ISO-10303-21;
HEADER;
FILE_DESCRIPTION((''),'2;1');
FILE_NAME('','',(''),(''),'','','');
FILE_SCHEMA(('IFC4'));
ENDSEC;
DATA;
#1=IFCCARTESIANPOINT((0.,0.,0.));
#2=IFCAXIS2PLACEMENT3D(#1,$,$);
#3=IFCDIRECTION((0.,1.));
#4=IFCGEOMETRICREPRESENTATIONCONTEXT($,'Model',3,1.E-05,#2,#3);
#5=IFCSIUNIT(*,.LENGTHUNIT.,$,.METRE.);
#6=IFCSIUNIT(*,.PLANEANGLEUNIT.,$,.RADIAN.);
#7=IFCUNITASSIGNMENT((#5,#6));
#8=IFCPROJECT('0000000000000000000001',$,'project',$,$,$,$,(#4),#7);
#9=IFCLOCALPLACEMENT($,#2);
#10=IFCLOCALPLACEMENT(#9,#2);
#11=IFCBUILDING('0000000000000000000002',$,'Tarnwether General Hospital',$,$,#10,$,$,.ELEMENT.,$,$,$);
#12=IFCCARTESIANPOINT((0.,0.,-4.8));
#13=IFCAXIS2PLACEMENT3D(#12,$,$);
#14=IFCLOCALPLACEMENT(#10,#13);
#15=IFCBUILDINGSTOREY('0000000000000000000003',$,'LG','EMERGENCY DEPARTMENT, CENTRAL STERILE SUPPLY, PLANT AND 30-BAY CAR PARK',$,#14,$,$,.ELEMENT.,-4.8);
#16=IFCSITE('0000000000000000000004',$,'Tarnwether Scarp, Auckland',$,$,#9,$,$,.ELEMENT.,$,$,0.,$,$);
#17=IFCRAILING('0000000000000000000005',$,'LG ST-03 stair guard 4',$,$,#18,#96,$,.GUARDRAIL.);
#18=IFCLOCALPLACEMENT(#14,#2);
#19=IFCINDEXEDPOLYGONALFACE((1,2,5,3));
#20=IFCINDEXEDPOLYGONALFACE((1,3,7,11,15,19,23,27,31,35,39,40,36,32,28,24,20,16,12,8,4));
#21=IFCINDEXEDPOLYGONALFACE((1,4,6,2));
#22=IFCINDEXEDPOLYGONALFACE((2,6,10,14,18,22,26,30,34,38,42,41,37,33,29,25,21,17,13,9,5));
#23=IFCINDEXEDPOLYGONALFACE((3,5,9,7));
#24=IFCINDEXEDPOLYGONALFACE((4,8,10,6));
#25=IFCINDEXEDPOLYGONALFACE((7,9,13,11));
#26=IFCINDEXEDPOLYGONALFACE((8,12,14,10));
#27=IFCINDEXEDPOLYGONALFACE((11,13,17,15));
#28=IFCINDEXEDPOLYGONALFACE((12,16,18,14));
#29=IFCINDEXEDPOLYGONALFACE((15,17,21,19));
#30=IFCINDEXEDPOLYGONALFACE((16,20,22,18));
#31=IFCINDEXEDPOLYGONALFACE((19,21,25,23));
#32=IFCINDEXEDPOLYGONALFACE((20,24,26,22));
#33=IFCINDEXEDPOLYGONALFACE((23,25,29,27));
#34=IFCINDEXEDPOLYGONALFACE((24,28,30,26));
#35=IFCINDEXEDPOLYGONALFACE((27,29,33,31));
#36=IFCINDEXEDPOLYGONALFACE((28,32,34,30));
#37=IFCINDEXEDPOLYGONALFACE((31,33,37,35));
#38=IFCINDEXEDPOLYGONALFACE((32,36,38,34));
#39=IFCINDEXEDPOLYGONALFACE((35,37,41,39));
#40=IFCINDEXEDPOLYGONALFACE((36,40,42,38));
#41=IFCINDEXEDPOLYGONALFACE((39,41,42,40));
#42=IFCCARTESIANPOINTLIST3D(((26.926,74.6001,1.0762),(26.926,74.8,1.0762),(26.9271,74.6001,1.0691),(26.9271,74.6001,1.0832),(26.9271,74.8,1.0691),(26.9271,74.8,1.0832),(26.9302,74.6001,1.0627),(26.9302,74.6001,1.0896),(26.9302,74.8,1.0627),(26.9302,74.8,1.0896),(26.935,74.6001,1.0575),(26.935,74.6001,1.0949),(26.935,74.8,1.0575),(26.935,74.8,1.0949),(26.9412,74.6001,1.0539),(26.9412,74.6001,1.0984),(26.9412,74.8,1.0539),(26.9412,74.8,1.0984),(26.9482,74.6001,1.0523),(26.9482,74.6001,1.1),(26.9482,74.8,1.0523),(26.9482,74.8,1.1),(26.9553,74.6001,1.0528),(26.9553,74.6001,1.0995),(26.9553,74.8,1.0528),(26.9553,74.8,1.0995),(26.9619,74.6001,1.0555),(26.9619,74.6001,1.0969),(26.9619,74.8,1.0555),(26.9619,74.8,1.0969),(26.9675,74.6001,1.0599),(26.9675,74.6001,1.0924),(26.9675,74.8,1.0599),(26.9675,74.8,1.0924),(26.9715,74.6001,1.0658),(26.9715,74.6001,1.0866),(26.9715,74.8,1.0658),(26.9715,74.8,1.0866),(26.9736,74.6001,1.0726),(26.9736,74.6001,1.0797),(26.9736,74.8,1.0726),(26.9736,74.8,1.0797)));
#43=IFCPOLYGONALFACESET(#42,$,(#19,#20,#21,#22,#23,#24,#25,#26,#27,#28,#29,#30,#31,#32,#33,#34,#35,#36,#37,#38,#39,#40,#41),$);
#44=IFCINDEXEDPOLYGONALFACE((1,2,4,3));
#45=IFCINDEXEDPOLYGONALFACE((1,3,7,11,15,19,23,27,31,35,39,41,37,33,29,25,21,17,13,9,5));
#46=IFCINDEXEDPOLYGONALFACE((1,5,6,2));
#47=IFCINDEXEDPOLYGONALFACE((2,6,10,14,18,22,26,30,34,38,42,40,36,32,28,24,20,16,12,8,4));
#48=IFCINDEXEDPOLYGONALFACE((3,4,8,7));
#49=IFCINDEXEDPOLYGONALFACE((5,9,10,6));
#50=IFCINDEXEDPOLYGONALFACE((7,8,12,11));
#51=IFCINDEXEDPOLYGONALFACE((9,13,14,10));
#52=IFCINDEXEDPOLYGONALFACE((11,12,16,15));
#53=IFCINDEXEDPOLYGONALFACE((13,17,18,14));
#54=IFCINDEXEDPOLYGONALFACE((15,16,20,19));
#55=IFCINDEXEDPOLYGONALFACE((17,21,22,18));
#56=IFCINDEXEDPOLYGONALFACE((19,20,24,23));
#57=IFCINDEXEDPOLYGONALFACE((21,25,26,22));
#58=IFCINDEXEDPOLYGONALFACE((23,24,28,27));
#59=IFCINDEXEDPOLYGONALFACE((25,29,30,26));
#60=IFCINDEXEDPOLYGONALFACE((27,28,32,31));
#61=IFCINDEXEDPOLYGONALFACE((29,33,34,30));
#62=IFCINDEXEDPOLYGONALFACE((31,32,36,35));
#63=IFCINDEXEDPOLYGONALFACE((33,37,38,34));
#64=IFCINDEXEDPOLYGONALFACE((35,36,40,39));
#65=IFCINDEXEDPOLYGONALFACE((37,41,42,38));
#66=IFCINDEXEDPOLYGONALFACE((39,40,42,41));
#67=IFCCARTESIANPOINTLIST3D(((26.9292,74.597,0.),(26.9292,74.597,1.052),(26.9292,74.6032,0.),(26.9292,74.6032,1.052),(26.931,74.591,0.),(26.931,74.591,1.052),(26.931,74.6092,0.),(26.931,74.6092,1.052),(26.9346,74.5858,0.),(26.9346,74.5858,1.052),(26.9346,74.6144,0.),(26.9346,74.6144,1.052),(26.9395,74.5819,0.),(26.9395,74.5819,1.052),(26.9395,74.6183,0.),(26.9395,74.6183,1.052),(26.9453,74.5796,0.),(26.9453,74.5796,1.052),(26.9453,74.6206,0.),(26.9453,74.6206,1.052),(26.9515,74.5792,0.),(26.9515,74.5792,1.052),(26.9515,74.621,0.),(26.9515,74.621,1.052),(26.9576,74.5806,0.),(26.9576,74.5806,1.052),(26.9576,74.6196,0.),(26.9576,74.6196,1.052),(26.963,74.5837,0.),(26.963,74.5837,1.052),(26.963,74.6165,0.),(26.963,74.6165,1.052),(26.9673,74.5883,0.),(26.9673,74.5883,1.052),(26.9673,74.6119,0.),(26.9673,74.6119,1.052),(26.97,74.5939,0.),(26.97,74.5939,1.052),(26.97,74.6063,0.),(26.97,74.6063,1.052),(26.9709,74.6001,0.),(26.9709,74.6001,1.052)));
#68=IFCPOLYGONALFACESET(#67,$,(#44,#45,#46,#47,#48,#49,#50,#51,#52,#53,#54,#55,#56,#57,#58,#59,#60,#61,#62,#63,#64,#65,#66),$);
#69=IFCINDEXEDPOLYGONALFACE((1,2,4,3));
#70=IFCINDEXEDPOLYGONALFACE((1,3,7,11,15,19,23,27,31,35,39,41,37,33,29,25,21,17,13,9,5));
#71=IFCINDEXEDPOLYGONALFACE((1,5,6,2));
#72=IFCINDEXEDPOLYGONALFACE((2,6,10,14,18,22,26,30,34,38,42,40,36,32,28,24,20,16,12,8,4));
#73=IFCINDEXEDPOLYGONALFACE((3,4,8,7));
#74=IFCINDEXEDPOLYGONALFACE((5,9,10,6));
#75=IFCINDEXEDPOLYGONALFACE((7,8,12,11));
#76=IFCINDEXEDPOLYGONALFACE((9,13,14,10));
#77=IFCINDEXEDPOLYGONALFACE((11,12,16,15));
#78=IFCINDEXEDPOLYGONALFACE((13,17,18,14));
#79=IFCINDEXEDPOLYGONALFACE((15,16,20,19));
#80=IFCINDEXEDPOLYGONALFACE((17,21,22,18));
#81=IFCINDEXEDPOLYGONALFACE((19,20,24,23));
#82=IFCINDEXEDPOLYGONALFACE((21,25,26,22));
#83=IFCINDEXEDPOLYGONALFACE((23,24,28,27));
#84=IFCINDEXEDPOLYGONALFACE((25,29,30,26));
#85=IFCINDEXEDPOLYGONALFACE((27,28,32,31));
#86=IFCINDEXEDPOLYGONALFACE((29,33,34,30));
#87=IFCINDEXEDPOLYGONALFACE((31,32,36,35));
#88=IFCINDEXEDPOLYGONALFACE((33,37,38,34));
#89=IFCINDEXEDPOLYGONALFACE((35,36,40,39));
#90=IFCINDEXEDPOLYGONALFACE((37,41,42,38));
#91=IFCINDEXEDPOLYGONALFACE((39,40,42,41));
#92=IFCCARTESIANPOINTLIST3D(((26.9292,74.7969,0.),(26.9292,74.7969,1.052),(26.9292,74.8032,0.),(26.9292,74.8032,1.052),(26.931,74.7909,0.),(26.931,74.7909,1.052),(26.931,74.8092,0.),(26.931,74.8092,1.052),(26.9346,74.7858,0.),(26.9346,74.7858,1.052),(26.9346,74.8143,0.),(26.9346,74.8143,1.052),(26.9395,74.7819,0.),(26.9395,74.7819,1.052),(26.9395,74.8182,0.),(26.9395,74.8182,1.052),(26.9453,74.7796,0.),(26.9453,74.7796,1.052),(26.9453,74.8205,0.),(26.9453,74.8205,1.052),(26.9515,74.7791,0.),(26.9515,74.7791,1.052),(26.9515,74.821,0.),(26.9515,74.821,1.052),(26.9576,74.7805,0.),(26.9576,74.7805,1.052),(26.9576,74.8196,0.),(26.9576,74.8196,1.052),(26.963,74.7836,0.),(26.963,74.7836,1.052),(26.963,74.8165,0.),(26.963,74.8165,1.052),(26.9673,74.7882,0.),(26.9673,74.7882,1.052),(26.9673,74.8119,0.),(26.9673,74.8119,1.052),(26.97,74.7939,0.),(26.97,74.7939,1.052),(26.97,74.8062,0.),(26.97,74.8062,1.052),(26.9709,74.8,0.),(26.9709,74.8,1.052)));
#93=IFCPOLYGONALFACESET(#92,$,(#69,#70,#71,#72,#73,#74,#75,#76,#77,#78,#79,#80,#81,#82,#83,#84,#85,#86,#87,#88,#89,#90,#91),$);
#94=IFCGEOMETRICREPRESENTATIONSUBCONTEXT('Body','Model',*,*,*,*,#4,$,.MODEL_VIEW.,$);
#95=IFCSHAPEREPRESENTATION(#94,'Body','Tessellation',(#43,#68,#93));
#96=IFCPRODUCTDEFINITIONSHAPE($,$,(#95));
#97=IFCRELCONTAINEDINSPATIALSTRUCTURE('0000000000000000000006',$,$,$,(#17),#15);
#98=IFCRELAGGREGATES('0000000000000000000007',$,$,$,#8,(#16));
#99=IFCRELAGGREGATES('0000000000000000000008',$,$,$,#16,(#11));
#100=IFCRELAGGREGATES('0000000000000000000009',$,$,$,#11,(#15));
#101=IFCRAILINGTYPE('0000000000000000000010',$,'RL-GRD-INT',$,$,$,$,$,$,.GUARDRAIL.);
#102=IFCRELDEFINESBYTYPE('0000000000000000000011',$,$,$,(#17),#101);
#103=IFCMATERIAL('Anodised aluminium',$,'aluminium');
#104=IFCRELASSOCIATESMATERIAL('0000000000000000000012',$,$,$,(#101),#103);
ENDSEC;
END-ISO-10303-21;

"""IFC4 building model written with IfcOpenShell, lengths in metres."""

from ifc_helpers import new_model, si_unit, direction, frame, origin, origin_2d, place, context, subcontext, project, spatial, circle, extrude, material, type_object, element, save


model = new_model("IFC4")

# Units and contexts
model_context = context("Model", 3, precision=1e-05, world=origin(), true_north=direction((0.0, 1.0)))
body_context = subcontext(model_context, "Body", "Model", "MODEL_VIEW")
ifc_project = project(units=[si_unit("LENGTHUNIT", "METRE"), si_unit("PLANEANGLEUNIT", "RADIAN")], contexts=[model_context])

# Site, building, storey
site_placement = place(None, origin())
site = spatial("IfcSite", under=ifc_project, at=site_placement, Name="Tarnwether Scarp, Auckland", CompositionType="ELEMENT", RefElevation=0.0)
building_placement = place(site_placement, origin())
building = spatial("IfcBuilding", under=site, at=building_placement, Name="Tarnwether General Hospital", CompositionType="ELEMENT")
storey_placement = place(building_placement, frame((0.0, 0.0, -4.8)))
storey = spatial("IfcBuildingStorey", under=building, at=storey_placement, Name="LG", Description="EMERGENCY DEPARTMENT, CENTRAL STERILE SUPPLY, PLANT AND 30-BAY CAR PARK", CompositionType="ELEMENT", Elevation=-4.8)

# Railing
ifc_material_1 = material(Name="Anodised aluminium", Category="aluminium")
railing_type_1 = type_object("IfcRailingType", Name="RL-GRD-INT", PredefinedType="GUARDRAIL", material=ifc_material_1)
railing_1_placement = place(storey_placement, frame((26.95, 74.6001, 0.0)))
element("IfcRailing", 1, at=railing_1_placement, inside=storey, type_object=railing_type_1, Name="LG ST-03 stair guard 4", PredefinedType="GUARDRAIL", context=body_context, shape_type="SweptSolid", body=[
    extrude(circle(Radius=0.0239, at=origin_2d()), frame((0.0, 0.0, 1.0762), z_axis=(0.0, 1.0, 0.0), x_axis=(-1.0, 0.0, 0.0)), (0.0, 0.0, 1.0), 0.2),
    extrude(circle(Radius=0.021, at=origin_2d()), origin(), (0.0, 0.0, 1.0), 1.052),
    extrude(circle(Radius=0.021, at=origin_2d()), frame((0.0, 0.2, 0.0)), (0.0, 0.0, 1.0), 1.052),
])

save(model, "model.ifc")
